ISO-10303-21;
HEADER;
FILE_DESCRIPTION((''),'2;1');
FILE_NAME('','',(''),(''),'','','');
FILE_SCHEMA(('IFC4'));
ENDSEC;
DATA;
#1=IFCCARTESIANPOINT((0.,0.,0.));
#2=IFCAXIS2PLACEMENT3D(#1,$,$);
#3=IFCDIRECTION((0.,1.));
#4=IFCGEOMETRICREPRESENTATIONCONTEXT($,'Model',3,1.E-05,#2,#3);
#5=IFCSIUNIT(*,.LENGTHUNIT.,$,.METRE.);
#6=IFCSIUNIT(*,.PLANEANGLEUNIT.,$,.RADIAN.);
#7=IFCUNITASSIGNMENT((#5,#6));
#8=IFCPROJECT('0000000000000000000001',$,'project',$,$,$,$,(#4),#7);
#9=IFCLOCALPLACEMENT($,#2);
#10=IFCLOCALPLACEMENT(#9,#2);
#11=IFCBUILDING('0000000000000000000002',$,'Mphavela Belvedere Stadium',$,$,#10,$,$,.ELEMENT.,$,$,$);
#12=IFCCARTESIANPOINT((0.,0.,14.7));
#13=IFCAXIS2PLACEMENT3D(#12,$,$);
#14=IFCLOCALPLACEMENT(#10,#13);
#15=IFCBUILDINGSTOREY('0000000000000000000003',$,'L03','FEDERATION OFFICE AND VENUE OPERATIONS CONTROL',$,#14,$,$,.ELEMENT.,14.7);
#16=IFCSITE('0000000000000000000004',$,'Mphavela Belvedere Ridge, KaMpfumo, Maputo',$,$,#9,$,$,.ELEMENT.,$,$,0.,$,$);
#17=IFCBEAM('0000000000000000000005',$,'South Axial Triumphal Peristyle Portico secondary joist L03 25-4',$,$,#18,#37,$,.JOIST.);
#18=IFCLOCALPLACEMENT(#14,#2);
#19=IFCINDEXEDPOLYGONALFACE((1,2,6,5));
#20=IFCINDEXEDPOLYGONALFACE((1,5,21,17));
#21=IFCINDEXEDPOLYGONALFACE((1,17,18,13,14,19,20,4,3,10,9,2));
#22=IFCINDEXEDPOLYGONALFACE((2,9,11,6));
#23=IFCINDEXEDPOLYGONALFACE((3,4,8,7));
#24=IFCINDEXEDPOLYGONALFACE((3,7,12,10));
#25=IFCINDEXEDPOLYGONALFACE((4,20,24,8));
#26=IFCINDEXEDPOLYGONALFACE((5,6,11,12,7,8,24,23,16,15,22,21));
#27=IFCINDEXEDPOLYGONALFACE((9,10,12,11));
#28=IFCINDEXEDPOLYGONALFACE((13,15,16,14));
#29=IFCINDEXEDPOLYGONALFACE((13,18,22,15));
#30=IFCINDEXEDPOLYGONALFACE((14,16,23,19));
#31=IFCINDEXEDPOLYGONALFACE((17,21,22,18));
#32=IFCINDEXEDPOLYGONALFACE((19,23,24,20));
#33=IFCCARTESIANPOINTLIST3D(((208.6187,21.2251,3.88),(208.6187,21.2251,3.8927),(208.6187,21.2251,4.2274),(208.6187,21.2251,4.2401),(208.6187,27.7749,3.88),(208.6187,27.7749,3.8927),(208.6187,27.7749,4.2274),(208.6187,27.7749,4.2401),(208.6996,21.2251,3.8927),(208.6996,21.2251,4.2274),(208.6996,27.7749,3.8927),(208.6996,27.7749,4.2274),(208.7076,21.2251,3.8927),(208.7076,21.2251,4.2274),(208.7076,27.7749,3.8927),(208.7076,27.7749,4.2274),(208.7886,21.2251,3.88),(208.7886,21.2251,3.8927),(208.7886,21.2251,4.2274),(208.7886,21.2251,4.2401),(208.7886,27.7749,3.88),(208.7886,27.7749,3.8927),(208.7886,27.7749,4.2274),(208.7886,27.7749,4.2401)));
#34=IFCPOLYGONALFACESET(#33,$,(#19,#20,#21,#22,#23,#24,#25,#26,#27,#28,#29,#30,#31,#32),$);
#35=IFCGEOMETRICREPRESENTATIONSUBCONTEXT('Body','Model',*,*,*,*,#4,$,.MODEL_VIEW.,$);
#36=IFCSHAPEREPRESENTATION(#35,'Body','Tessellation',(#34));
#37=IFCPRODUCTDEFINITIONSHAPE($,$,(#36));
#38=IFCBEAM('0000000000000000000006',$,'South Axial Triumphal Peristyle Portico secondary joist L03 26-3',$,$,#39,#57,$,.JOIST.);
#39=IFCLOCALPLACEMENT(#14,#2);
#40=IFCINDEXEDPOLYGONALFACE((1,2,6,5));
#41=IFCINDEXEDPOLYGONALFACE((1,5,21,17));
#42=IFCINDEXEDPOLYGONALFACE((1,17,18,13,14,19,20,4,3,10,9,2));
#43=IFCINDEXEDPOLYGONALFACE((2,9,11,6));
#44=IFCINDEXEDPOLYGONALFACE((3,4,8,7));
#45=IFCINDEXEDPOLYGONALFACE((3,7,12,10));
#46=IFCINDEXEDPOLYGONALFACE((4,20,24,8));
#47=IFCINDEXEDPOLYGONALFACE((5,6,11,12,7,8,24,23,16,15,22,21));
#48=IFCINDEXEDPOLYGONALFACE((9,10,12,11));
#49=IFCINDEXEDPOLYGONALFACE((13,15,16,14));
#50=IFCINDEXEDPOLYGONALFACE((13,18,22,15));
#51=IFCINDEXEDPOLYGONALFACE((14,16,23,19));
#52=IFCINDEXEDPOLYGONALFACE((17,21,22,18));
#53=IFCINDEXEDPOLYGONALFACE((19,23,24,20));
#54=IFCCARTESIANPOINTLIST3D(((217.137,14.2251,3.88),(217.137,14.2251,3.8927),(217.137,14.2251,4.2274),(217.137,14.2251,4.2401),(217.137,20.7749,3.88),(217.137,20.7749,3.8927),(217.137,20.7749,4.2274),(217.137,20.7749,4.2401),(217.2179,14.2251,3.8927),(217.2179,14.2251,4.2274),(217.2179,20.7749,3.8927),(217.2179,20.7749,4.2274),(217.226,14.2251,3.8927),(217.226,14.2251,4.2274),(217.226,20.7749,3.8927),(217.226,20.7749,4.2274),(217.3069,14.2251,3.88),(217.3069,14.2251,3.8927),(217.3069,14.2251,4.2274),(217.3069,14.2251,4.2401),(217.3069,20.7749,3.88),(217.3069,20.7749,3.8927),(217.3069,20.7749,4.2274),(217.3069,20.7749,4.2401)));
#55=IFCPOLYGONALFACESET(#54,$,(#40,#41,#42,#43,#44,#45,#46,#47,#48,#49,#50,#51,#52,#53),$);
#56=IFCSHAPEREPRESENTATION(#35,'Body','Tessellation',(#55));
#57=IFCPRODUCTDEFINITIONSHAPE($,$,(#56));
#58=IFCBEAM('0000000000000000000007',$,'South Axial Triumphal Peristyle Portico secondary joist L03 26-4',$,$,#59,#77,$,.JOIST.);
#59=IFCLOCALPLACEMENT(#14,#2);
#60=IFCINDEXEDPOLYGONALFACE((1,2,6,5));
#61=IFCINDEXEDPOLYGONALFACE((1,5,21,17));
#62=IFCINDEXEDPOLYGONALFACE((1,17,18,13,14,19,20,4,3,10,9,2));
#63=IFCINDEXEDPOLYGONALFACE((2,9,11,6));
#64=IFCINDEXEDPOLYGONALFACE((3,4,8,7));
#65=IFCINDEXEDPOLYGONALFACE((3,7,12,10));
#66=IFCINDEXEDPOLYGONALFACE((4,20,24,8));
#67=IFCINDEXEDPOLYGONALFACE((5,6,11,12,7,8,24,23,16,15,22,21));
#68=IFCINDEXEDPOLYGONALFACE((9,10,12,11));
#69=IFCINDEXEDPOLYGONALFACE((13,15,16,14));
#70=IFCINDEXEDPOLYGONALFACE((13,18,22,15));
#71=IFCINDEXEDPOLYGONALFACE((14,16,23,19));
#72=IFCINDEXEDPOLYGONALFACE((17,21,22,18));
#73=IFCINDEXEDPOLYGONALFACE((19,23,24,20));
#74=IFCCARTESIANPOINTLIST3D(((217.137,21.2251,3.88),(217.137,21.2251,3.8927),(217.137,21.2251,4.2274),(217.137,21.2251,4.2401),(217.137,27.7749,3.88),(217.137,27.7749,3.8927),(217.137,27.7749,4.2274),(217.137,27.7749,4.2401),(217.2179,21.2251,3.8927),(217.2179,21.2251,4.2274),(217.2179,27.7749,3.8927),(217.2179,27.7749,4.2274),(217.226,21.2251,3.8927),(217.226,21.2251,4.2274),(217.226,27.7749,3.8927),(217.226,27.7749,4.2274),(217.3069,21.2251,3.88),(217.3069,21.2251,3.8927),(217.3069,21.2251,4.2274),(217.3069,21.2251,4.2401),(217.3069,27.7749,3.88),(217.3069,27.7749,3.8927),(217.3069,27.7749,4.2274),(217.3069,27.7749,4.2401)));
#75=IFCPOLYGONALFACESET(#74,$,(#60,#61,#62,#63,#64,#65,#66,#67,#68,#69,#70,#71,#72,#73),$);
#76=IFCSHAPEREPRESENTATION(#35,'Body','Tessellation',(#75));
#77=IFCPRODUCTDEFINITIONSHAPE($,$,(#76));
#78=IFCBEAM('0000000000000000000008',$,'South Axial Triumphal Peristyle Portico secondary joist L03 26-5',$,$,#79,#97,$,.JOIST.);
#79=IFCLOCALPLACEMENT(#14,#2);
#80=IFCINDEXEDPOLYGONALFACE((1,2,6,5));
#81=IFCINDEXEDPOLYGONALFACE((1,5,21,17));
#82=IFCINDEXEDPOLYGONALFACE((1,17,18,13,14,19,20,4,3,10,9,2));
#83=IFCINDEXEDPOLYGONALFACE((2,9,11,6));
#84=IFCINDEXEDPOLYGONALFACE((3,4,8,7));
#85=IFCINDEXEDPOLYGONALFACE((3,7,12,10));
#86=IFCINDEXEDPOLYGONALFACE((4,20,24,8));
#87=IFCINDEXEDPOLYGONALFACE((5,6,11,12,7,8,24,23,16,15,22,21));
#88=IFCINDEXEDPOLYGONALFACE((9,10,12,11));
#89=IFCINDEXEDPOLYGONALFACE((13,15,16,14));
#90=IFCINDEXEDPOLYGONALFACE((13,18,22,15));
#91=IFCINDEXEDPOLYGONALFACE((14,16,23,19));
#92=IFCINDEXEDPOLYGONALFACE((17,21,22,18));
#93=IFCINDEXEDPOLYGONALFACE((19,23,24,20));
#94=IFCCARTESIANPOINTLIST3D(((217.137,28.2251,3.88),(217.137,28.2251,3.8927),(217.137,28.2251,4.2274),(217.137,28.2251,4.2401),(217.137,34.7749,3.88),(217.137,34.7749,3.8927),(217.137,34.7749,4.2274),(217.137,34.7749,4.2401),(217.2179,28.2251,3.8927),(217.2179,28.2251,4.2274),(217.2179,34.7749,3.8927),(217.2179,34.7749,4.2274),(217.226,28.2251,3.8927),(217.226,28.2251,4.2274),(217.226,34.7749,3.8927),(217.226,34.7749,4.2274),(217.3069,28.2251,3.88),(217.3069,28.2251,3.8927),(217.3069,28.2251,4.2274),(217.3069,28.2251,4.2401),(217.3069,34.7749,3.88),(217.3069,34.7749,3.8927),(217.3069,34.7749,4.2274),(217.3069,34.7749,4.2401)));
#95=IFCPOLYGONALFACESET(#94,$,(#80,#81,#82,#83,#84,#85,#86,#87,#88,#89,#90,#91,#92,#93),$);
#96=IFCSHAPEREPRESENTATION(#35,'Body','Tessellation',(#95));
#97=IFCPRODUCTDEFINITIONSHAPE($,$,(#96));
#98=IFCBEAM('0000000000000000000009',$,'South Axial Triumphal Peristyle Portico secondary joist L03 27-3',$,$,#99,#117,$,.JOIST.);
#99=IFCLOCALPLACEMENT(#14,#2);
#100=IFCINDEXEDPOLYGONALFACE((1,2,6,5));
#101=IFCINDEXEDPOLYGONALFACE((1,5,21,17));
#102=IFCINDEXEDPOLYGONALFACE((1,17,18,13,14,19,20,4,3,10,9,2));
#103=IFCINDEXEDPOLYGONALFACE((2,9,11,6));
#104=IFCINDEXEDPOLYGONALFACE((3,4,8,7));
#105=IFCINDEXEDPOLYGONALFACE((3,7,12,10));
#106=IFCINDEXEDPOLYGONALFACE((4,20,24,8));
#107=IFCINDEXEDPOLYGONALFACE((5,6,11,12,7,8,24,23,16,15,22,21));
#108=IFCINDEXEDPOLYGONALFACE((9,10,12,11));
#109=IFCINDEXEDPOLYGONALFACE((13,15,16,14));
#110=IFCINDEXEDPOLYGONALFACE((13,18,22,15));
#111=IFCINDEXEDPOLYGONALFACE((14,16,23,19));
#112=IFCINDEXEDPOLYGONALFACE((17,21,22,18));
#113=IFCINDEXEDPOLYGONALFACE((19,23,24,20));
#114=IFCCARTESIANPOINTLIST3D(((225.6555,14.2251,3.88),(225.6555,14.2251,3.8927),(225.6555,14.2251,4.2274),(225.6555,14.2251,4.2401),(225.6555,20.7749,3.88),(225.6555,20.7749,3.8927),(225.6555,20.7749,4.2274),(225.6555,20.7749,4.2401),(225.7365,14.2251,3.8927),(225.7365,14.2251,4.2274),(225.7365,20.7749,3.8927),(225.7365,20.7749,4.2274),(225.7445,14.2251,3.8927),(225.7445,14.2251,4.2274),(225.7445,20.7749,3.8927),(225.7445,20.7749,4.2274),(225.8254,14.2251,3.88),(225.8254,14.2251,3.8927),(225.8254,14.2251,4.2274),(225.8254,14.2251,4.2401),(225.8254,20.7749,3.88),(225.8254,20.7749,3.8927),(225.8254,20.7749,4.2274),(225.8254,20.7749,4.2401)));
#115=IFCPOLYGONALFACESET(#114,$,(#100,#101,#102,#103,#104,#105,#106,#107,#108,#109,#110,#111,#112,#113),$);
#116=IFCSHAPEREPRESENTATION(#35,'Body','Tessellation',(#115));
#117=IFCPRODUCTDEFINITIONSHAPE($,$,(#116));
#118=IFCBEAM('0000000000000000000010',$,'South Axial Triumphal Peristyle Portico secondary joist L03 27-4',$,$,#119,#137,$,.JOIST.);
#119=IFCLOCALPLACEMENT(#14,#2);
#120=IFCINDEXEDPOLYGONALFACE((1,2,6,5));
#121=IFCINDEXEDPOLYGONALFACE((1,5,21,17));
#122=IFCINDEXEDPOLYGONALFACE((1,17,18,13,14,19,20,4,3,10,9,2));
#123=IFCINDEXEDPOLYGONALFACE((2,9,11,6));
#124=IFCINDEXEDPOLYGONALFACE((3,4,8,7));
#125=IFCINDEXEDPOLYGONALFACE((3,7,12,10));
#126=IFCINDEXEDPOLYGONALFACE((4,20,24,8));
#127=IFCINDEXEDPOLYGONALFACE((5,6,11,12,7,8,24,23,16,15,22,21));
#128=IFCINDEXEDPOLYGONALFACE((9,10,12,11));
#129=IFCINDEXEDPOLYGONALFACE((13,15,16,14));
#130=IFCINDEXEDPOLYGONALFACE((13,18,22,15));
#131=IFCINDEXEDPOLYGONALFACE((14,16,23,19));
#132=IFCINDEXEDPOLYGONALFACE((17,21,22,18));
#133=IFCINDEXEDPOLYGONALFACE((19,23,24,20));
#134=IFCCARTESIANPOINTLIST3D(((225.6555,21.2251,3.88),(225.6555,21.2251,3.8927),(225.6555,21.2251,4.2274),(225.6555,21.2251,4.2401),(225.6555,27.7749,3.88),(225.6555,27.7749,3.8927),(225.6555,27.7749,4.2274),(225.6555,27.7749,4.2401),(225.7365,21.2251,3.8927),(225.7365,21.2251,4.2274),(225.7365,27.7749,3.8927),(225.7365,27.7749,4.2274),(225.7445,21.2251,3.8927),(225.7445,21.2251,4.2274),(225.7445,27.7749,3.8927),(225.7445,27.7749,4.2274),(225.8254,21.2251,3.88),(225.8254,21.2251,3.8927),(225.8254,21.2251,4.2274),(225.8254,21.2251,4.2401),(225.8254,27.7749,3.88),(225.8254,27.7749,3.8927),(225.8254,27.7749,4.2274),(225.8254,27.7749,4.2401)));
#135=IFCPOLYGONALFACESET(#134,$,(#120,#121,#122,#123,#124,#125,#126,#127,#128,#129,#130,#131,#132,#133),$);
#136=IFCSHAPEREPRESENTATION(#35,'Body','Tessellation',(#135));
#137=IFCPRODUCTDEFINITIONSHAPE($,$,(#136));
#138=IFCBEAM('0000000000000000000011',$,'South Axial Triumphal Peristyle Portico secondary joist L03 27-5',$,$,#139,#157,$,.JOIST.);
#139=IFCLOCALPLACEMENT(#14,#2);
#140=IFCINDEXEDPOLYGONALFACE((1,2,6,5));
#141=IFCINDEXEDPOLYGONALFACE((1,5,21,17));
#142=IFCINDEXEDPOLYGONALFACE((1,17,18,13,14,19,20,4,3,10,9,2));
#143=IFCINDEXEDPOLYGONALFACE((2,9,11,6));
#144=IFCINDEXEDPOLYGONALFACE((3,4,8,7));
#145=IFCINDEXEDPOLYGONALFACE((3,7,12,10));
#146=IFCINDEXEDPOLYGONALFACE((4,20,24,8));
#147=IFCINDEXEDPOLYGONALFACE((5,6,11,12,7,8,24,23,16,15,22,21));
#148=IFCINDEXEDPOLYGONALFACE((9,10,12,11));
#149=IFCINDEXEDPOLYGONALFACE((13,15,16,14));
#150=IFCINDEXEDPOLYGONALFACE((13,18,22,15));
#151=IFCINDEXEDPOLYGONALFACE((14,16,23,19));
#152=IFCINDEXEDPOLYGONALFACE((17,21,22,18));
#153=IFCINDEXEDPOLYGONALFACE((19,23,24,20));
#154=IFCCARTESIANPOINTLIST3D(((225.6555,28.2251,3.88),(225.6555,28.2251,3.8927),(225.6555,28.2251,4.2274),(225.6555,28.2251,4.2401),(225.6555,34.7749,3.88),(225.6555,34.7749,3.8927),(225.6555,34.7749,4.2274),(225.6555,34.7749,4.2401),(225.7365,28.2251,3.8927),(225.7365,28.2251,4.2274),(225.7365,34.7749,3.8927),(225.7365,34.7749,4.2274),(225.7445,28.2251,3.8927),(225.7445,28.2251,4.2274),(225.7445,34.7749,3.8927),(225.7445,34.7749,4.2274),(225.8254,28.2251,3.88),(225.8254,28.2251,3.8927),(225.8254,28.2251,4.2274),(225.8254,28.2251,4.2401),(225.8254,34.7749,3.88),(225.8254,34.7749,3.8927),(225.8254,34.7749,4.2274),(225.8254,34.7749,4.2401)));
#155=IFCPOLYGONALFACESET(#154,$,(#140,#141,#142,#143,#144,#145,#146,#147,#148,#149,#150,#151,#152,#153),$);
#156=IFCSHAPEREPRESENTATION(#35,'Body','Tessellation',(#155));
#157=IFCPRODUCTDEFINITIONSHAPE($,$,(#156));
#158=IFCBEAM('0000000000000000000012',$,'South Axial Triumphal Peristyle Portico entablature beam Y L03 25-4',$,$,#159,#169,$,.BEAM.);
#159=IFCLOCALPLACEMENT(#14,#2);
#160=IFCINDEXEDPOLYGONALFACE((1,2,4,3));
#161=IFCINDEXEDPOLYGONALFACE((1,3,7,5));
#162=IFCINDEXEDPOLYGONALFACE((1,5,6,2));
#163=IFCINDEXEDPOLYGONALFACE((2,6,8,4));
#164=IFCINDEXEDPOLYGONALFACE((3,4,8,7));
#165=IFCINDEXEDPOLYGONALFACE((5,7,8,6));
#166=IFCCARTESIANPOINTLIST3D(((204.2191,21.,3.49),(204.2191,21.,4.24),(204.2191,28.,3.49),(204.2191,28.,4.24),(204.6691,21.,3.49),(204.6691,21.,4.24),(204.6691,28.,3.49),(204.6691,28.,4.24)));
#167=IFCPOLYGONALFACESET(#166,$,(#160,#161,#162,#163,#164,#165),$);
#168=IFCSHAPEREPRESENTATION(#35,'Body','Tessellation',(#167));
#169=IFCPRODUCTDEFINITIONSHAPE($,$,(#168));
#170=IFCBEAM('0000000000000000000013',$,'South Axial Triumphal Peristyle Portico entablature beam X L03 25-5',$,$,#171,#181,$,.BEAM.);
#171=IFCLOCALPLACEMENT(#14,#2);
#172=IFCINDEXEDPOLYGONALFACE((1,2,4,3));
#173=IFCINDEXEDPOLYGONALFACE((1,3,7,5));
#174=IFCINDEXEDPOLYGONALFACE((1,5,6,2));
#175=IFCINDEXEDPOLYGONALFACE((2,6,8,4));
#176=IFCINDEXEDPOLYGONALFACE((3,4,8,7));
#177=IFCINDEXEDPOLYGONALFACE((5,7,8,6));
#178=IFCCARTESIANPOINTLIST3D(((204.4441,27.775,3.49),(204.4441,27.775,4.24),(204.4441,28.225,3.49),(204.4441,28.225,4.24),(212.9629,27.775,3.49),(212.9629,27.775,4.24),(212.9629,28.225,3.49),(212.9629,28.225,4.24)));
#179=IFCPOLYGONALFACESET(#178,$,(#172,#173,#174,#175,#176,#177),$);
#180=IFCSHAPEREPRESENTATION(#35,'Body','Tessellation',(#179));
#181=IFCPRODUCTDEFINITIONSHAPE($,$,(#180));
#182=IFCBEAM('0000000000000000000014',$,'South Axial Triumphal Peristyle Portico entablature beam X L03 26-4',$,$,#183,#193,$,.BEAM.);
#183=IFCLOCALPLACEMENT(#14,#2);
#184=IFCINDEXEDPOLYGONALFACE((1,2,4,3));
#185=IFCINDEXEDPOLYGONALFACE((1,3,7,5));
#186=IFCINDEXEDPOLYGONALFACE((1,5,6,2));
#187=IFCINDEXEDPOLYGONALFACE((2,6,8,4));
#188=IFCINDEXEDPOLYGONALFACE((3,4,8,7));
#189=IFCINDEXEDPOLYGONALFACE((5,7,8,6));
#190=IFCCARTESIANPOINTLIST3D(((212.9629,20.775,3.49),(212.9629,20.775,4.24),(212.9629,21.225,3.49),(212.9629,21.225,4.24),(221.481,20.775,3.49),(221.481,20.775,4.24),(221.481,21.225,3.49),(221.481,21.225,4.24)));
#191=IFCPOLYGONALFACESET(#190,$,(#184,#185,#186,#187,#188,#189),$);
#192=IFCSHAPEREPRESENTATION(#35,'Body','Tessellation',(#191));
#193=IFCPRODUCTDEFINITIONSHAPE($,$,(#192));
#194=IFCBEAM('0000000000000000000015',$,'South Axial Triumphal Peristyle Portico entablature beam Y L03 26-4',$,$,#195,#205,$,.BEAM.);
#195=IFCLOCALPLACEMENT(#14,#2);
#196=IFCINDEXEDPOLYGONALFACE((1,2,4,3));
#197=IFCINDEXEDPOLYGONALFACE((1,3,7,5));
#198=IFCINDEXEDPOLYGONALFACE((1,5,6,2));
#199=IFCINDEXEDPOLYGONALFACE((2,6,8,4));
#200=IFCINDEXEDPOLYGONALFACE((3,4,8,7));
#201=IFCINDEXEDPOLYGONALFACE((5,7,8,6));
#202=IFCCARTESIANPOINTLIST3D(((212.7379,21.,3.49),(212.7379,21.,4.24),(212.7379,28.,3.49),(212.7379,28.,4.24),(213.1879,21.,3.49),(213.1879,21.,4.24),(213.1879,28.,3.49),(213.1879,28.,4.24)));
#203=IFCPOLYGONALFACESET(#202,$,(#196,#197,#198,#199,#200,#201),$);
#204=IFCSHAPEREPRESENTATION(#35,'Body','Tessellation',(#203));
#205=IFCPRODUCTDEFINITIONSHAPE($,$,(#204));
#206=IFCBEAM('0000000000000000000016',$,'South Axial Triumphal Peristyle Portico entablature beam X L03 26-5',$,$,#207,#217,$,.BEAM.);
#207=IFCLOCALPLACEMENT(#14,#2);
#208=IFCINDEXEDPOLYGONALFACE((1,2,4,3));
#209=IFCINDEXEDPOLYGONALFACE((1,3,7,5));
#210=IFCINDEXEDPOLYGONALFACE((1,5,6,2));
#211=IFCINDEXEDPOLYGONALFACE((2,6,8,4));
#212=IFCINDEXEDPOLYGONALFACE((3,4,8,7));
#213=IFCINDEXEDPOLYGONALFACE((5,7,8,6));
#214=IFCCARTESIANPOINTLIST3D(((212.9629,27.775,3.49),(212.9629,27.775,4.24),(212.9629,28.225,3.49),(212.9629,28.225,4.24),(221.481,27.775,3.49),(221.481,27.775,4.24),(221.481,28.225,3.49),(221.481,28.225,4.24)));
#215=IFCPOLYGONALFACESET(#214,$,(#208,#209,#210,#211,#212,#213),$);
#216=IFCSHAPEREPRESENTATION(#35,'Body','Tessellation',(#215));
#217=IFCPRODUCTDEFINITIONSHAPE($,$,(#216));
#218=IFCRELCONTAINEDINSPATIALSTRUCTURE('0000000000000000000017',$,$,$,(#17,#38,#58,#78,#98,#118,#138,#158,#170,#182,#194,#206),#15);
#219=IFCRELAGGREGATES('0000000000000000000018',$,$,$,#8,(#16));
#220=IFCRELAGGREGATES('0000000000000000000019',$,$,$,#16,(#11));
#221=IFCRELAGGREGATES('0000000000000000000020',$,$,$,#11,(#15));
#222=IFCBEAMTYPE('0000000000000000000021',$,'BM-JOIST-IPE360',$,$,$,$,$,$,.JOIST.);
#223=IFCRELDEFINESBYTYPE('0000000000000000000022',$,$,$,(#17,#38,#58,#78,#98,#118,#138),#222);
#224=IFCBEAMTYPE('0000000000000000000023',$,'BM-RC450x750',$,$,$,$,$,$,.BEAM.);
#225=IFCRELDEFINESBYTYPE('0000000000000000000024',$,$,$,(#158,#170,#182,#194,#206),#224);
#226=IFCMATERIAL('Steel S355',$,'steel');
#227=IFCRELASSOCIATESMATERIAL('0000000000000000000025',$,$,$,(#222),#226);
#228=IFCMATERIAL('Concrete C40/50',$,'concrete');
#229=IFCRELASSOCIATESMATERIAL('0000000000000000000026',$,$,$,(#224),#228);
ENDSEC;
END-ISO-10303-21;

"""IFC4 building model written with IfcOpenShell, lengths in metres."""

from ifc_helpers import new_model, si_unit, direction, frame, origin, origin_2d, place, context, subcontext, project, spatial, rectangle, i_section, extrude, material, material_profile, profile_set, type_object, element, save


model = new_model("IFC4")

# Units and contexts
model_context = context("Model", 3, precision=1e-05, world=origin(), true_north=direction((0.0, 1.0)))
body_context = subcontext(model_context, "Body", "Model", "MODEL_VIEW")
ifc_project = project(units=[si_unit("LENGTHUNIT", "METRE"), si_unit("PLANEANGLEUNIT", "RADIAN")], contexts=[model_context])

# Site, building, storey
site_placement = place(None, origin())
site = spatial("IfcSite", under=ifc_project, at=site_placement, Name="Mphavela Belvedere Ridge, KaMpfumo, Maputo", CompositionType="ELEMENT", RefElevation=0.0)
building_placement = place(site_placement, origin())
building = spatial("IfcBuilding", under=site, at=building_placement, Name="Mphavela Belvedere Stadium", CompositionType="ELEMENT")
storey_placement = place(building_placement, frame((0.0, 0.0, 14.7)))
storey = spatial("IfcBuildingStorey", under=building, at=storey_placement, Name="L03", Description="FEDERATION OFFICE AND VENUE OPERATIONS CONTROL", CompositionType="ELEMENT", Elevation=14.7)

# Beams
ifc_material_1 = material(Name="Steel S355", Category="steel")
ifc_material_profile_1 = material_profile(ifc_material_1, i_section(OverallWidth=0.1699, OverallDepth=0.3601, WebThickness=0.0081, FlangeThickness=0.0127, at=origin_2d()), Name="IPE 360")
ifc_profile_set_1 = profile_set([ifc_material_profile_1], Name="Steel S355")
beam_type_1 = type_object("IfcBeamType", Name="BM-JOIST-IPE360", PredefinedType="JOIST", material=ifc_profile_set_1)
for number, where, z_axis, x_axis, name in (
    (1, (208.7036, 21.2251, 4.0601), (0.0, 1.0, 0.0), (-1.0, 0.0, 0.0), "South Axial Triumphal Peristyle Portico secondary joist L03 25-4"),
    (2, (217.2219, 14.2251, 4.0601), (0.0, 1.0, 0.0), (-1.0, 0.0, 0.0), "South Axial Triumphal Peristyle Portico secondary joist L03 26-3"),
    (3, (217.2219, 21.2251, 4.0601), (0.0, 1.0, 0.0), (-1.0, 0.0, 0.0), "South Axial Triumphal Peristyle Portico secondary joist L03 26-4"),
    (4, (217.2219, 28.2251, 4.0601), (0.0, 1.0, 0.0), (-1.0, 0.0, 0.0), "South Axial Triumphal Peristyle Portico secondary joist L03 26-5"),
    (5, (225.7405, 14.2251, 4.0601), (0.0, 1.0, 0.0), (-1.0, 0.0, 0.0), "South Axial Triumphal Peristyle Portico secondary joist L03 27-3"),
    (6, (225.7405, 21.2251, 4.0601), (0.0, 1.0, 0.0), (-1.0, 0.0, 0.0), "South Axial Triumphal Peristyle Portico secondary joist L03 27-4"),
    (7, (225.7405, 28.2251, 4.0601), (0.0, 1.0, 0.0), (-1.0, 0.0, 0.0), "South Axial Triumphal Peristyle Portico secondary joist L03 27-5"),
):
    element("IfcBeam", number, at=place(storey_placement, frame(where, z_axis=z_axis, x_axis=x_axis)), inside=storey, type_object=beam_type_1, Name=name, PredefinedType="JOIST", context=body_context, shape_type="SweptSolid", body=[
        extrude(i_section(OverallWidth=0.1699, OverallDepth=0.3601, WebThickness=0.0081, FlangeThickness=0.0127, at=origin_2d()), origin(), (0.0, 0.0, 1.0), 6.5498),
    ])
ifc_material_2 = material(Name="Concrete C40/50", Category="concrete")
ifc_material_profile_2 = material_profile(ifc_material_2, rectangle(XDim=0.45, YDim=0.75, at=origin_2d()), Name="RC 450x750")
ifc_profile_set_2 = profile_set([ifc_material_profile_2], Name="Concrete C40/50")
beam_type_2 = type_object("IfcBeamType", Name="BM-RC450x750", PredefinedType="BEAM", material=ifc_profile_set_2)
beam_1_placement = place(storey_placement, frame((204.4441, 21.0, 3.865), z_axis=(0.0, 1.0, 0.0), x_axis=(-1.0, 0.0, 0.0)))
element("IfcBeam", 8, at=beam_1_placement, inside=storey, type_object=beam_type_2, Name="South Axial Triumphal Peristyle Portico entablature beam Y L03 25-4", PredefinedType="BEAM", context=body_context, shape_type="SweptSolid", body=[
    extrude(rectangle(XDim=0.45, YDim=0.75, at=origin_2d()), origin(), (0.0, 0.0, 1.0), 7.0),
])
beam_2_placement = place(storey_placement, frame((204.4441, 28.0, 3.865), z_axis=(1.0, 0.0, 0.0), x_axis=(0.0, 1.0, 0.0)))
element("IfcBeam", 9, at=beam_2_placement, inside=storey, type_object=beam_type_2, Name="South Axial Triumphal Peristyle Portico entablature beam X L03 25-5", PredefinedType="BEAM", context=body_context, shape_type="SweptSolid", body=[
    extrude(rectangle(XDim=0.45, YDim=0.75, at=origin_2d()), origin(), (0.0, 0.0, 1.0), 8.5188),
])
beam_3_placement = place(storey_placement, frame((212.9629, 21.0, 3.865), z_axis=(1.0, 0.0, 0.0), x_axis=(0.0, 1.0, 0.0)))
element("IfcBeam", 10, at=beam_3_placement, inside=storey, type_object=beam_type_2, Name="South Axial Triumphal Peristyle Portico entablature beam X L03 26-4", PredefinedType="BEAM", context=body_context, shape_type="SweptSolid", body=[
    extrude(rectangle(XDim=0.45, YDim=0.75, at=origin_2d()), origin(), (0.0, 0.0, 1.0), 8.5181),
])
beam_4_placement = place(storey_placement, frame((212.9629, 21.0, 3.865), z_axis=(0.0, 1.0, 0.0), x_axis=(-1.0, 0.0, 0.0)))
element("IfcBeam", 11, at=beam_4_placement, inside=storey, type_object=beam_type_2, Name="South Axial Triumphal Peristyle Portico entablature beam Y L03 26-4", PredefinedType="BEAM", context=body_context, shape_type="SweptSolid", body=[
    extrude(rectangle(XDim=0.45, YDim=0.75, at=origin_2d()), origin(), (0.0, 0.0, 1.0), 7.0),
])
beam_5_placement = place(storey_placement, frame((212.9629, 28.0, 3.865), z_axis=(1.0, 0.0, 0.0), x_axis=(0.0, 1.0, 0.0)))
element("IfcBeam", 12, at=beam_5_placement, inside=storey, type_object=beam_type_2, Name="South Axial Triumphal Peristyle Portico entablature beam X L03 26-5", PredefinedType="BEAM", context=body_context, shape_type="SweptSolid", body=[
    extrude(rectangle(XDim=0.45, YDim=0.75, at=origin_2d()), origin(), (0.0, 0.0, 1.0), 8.5181),
])

save(model, "model.ifc")
